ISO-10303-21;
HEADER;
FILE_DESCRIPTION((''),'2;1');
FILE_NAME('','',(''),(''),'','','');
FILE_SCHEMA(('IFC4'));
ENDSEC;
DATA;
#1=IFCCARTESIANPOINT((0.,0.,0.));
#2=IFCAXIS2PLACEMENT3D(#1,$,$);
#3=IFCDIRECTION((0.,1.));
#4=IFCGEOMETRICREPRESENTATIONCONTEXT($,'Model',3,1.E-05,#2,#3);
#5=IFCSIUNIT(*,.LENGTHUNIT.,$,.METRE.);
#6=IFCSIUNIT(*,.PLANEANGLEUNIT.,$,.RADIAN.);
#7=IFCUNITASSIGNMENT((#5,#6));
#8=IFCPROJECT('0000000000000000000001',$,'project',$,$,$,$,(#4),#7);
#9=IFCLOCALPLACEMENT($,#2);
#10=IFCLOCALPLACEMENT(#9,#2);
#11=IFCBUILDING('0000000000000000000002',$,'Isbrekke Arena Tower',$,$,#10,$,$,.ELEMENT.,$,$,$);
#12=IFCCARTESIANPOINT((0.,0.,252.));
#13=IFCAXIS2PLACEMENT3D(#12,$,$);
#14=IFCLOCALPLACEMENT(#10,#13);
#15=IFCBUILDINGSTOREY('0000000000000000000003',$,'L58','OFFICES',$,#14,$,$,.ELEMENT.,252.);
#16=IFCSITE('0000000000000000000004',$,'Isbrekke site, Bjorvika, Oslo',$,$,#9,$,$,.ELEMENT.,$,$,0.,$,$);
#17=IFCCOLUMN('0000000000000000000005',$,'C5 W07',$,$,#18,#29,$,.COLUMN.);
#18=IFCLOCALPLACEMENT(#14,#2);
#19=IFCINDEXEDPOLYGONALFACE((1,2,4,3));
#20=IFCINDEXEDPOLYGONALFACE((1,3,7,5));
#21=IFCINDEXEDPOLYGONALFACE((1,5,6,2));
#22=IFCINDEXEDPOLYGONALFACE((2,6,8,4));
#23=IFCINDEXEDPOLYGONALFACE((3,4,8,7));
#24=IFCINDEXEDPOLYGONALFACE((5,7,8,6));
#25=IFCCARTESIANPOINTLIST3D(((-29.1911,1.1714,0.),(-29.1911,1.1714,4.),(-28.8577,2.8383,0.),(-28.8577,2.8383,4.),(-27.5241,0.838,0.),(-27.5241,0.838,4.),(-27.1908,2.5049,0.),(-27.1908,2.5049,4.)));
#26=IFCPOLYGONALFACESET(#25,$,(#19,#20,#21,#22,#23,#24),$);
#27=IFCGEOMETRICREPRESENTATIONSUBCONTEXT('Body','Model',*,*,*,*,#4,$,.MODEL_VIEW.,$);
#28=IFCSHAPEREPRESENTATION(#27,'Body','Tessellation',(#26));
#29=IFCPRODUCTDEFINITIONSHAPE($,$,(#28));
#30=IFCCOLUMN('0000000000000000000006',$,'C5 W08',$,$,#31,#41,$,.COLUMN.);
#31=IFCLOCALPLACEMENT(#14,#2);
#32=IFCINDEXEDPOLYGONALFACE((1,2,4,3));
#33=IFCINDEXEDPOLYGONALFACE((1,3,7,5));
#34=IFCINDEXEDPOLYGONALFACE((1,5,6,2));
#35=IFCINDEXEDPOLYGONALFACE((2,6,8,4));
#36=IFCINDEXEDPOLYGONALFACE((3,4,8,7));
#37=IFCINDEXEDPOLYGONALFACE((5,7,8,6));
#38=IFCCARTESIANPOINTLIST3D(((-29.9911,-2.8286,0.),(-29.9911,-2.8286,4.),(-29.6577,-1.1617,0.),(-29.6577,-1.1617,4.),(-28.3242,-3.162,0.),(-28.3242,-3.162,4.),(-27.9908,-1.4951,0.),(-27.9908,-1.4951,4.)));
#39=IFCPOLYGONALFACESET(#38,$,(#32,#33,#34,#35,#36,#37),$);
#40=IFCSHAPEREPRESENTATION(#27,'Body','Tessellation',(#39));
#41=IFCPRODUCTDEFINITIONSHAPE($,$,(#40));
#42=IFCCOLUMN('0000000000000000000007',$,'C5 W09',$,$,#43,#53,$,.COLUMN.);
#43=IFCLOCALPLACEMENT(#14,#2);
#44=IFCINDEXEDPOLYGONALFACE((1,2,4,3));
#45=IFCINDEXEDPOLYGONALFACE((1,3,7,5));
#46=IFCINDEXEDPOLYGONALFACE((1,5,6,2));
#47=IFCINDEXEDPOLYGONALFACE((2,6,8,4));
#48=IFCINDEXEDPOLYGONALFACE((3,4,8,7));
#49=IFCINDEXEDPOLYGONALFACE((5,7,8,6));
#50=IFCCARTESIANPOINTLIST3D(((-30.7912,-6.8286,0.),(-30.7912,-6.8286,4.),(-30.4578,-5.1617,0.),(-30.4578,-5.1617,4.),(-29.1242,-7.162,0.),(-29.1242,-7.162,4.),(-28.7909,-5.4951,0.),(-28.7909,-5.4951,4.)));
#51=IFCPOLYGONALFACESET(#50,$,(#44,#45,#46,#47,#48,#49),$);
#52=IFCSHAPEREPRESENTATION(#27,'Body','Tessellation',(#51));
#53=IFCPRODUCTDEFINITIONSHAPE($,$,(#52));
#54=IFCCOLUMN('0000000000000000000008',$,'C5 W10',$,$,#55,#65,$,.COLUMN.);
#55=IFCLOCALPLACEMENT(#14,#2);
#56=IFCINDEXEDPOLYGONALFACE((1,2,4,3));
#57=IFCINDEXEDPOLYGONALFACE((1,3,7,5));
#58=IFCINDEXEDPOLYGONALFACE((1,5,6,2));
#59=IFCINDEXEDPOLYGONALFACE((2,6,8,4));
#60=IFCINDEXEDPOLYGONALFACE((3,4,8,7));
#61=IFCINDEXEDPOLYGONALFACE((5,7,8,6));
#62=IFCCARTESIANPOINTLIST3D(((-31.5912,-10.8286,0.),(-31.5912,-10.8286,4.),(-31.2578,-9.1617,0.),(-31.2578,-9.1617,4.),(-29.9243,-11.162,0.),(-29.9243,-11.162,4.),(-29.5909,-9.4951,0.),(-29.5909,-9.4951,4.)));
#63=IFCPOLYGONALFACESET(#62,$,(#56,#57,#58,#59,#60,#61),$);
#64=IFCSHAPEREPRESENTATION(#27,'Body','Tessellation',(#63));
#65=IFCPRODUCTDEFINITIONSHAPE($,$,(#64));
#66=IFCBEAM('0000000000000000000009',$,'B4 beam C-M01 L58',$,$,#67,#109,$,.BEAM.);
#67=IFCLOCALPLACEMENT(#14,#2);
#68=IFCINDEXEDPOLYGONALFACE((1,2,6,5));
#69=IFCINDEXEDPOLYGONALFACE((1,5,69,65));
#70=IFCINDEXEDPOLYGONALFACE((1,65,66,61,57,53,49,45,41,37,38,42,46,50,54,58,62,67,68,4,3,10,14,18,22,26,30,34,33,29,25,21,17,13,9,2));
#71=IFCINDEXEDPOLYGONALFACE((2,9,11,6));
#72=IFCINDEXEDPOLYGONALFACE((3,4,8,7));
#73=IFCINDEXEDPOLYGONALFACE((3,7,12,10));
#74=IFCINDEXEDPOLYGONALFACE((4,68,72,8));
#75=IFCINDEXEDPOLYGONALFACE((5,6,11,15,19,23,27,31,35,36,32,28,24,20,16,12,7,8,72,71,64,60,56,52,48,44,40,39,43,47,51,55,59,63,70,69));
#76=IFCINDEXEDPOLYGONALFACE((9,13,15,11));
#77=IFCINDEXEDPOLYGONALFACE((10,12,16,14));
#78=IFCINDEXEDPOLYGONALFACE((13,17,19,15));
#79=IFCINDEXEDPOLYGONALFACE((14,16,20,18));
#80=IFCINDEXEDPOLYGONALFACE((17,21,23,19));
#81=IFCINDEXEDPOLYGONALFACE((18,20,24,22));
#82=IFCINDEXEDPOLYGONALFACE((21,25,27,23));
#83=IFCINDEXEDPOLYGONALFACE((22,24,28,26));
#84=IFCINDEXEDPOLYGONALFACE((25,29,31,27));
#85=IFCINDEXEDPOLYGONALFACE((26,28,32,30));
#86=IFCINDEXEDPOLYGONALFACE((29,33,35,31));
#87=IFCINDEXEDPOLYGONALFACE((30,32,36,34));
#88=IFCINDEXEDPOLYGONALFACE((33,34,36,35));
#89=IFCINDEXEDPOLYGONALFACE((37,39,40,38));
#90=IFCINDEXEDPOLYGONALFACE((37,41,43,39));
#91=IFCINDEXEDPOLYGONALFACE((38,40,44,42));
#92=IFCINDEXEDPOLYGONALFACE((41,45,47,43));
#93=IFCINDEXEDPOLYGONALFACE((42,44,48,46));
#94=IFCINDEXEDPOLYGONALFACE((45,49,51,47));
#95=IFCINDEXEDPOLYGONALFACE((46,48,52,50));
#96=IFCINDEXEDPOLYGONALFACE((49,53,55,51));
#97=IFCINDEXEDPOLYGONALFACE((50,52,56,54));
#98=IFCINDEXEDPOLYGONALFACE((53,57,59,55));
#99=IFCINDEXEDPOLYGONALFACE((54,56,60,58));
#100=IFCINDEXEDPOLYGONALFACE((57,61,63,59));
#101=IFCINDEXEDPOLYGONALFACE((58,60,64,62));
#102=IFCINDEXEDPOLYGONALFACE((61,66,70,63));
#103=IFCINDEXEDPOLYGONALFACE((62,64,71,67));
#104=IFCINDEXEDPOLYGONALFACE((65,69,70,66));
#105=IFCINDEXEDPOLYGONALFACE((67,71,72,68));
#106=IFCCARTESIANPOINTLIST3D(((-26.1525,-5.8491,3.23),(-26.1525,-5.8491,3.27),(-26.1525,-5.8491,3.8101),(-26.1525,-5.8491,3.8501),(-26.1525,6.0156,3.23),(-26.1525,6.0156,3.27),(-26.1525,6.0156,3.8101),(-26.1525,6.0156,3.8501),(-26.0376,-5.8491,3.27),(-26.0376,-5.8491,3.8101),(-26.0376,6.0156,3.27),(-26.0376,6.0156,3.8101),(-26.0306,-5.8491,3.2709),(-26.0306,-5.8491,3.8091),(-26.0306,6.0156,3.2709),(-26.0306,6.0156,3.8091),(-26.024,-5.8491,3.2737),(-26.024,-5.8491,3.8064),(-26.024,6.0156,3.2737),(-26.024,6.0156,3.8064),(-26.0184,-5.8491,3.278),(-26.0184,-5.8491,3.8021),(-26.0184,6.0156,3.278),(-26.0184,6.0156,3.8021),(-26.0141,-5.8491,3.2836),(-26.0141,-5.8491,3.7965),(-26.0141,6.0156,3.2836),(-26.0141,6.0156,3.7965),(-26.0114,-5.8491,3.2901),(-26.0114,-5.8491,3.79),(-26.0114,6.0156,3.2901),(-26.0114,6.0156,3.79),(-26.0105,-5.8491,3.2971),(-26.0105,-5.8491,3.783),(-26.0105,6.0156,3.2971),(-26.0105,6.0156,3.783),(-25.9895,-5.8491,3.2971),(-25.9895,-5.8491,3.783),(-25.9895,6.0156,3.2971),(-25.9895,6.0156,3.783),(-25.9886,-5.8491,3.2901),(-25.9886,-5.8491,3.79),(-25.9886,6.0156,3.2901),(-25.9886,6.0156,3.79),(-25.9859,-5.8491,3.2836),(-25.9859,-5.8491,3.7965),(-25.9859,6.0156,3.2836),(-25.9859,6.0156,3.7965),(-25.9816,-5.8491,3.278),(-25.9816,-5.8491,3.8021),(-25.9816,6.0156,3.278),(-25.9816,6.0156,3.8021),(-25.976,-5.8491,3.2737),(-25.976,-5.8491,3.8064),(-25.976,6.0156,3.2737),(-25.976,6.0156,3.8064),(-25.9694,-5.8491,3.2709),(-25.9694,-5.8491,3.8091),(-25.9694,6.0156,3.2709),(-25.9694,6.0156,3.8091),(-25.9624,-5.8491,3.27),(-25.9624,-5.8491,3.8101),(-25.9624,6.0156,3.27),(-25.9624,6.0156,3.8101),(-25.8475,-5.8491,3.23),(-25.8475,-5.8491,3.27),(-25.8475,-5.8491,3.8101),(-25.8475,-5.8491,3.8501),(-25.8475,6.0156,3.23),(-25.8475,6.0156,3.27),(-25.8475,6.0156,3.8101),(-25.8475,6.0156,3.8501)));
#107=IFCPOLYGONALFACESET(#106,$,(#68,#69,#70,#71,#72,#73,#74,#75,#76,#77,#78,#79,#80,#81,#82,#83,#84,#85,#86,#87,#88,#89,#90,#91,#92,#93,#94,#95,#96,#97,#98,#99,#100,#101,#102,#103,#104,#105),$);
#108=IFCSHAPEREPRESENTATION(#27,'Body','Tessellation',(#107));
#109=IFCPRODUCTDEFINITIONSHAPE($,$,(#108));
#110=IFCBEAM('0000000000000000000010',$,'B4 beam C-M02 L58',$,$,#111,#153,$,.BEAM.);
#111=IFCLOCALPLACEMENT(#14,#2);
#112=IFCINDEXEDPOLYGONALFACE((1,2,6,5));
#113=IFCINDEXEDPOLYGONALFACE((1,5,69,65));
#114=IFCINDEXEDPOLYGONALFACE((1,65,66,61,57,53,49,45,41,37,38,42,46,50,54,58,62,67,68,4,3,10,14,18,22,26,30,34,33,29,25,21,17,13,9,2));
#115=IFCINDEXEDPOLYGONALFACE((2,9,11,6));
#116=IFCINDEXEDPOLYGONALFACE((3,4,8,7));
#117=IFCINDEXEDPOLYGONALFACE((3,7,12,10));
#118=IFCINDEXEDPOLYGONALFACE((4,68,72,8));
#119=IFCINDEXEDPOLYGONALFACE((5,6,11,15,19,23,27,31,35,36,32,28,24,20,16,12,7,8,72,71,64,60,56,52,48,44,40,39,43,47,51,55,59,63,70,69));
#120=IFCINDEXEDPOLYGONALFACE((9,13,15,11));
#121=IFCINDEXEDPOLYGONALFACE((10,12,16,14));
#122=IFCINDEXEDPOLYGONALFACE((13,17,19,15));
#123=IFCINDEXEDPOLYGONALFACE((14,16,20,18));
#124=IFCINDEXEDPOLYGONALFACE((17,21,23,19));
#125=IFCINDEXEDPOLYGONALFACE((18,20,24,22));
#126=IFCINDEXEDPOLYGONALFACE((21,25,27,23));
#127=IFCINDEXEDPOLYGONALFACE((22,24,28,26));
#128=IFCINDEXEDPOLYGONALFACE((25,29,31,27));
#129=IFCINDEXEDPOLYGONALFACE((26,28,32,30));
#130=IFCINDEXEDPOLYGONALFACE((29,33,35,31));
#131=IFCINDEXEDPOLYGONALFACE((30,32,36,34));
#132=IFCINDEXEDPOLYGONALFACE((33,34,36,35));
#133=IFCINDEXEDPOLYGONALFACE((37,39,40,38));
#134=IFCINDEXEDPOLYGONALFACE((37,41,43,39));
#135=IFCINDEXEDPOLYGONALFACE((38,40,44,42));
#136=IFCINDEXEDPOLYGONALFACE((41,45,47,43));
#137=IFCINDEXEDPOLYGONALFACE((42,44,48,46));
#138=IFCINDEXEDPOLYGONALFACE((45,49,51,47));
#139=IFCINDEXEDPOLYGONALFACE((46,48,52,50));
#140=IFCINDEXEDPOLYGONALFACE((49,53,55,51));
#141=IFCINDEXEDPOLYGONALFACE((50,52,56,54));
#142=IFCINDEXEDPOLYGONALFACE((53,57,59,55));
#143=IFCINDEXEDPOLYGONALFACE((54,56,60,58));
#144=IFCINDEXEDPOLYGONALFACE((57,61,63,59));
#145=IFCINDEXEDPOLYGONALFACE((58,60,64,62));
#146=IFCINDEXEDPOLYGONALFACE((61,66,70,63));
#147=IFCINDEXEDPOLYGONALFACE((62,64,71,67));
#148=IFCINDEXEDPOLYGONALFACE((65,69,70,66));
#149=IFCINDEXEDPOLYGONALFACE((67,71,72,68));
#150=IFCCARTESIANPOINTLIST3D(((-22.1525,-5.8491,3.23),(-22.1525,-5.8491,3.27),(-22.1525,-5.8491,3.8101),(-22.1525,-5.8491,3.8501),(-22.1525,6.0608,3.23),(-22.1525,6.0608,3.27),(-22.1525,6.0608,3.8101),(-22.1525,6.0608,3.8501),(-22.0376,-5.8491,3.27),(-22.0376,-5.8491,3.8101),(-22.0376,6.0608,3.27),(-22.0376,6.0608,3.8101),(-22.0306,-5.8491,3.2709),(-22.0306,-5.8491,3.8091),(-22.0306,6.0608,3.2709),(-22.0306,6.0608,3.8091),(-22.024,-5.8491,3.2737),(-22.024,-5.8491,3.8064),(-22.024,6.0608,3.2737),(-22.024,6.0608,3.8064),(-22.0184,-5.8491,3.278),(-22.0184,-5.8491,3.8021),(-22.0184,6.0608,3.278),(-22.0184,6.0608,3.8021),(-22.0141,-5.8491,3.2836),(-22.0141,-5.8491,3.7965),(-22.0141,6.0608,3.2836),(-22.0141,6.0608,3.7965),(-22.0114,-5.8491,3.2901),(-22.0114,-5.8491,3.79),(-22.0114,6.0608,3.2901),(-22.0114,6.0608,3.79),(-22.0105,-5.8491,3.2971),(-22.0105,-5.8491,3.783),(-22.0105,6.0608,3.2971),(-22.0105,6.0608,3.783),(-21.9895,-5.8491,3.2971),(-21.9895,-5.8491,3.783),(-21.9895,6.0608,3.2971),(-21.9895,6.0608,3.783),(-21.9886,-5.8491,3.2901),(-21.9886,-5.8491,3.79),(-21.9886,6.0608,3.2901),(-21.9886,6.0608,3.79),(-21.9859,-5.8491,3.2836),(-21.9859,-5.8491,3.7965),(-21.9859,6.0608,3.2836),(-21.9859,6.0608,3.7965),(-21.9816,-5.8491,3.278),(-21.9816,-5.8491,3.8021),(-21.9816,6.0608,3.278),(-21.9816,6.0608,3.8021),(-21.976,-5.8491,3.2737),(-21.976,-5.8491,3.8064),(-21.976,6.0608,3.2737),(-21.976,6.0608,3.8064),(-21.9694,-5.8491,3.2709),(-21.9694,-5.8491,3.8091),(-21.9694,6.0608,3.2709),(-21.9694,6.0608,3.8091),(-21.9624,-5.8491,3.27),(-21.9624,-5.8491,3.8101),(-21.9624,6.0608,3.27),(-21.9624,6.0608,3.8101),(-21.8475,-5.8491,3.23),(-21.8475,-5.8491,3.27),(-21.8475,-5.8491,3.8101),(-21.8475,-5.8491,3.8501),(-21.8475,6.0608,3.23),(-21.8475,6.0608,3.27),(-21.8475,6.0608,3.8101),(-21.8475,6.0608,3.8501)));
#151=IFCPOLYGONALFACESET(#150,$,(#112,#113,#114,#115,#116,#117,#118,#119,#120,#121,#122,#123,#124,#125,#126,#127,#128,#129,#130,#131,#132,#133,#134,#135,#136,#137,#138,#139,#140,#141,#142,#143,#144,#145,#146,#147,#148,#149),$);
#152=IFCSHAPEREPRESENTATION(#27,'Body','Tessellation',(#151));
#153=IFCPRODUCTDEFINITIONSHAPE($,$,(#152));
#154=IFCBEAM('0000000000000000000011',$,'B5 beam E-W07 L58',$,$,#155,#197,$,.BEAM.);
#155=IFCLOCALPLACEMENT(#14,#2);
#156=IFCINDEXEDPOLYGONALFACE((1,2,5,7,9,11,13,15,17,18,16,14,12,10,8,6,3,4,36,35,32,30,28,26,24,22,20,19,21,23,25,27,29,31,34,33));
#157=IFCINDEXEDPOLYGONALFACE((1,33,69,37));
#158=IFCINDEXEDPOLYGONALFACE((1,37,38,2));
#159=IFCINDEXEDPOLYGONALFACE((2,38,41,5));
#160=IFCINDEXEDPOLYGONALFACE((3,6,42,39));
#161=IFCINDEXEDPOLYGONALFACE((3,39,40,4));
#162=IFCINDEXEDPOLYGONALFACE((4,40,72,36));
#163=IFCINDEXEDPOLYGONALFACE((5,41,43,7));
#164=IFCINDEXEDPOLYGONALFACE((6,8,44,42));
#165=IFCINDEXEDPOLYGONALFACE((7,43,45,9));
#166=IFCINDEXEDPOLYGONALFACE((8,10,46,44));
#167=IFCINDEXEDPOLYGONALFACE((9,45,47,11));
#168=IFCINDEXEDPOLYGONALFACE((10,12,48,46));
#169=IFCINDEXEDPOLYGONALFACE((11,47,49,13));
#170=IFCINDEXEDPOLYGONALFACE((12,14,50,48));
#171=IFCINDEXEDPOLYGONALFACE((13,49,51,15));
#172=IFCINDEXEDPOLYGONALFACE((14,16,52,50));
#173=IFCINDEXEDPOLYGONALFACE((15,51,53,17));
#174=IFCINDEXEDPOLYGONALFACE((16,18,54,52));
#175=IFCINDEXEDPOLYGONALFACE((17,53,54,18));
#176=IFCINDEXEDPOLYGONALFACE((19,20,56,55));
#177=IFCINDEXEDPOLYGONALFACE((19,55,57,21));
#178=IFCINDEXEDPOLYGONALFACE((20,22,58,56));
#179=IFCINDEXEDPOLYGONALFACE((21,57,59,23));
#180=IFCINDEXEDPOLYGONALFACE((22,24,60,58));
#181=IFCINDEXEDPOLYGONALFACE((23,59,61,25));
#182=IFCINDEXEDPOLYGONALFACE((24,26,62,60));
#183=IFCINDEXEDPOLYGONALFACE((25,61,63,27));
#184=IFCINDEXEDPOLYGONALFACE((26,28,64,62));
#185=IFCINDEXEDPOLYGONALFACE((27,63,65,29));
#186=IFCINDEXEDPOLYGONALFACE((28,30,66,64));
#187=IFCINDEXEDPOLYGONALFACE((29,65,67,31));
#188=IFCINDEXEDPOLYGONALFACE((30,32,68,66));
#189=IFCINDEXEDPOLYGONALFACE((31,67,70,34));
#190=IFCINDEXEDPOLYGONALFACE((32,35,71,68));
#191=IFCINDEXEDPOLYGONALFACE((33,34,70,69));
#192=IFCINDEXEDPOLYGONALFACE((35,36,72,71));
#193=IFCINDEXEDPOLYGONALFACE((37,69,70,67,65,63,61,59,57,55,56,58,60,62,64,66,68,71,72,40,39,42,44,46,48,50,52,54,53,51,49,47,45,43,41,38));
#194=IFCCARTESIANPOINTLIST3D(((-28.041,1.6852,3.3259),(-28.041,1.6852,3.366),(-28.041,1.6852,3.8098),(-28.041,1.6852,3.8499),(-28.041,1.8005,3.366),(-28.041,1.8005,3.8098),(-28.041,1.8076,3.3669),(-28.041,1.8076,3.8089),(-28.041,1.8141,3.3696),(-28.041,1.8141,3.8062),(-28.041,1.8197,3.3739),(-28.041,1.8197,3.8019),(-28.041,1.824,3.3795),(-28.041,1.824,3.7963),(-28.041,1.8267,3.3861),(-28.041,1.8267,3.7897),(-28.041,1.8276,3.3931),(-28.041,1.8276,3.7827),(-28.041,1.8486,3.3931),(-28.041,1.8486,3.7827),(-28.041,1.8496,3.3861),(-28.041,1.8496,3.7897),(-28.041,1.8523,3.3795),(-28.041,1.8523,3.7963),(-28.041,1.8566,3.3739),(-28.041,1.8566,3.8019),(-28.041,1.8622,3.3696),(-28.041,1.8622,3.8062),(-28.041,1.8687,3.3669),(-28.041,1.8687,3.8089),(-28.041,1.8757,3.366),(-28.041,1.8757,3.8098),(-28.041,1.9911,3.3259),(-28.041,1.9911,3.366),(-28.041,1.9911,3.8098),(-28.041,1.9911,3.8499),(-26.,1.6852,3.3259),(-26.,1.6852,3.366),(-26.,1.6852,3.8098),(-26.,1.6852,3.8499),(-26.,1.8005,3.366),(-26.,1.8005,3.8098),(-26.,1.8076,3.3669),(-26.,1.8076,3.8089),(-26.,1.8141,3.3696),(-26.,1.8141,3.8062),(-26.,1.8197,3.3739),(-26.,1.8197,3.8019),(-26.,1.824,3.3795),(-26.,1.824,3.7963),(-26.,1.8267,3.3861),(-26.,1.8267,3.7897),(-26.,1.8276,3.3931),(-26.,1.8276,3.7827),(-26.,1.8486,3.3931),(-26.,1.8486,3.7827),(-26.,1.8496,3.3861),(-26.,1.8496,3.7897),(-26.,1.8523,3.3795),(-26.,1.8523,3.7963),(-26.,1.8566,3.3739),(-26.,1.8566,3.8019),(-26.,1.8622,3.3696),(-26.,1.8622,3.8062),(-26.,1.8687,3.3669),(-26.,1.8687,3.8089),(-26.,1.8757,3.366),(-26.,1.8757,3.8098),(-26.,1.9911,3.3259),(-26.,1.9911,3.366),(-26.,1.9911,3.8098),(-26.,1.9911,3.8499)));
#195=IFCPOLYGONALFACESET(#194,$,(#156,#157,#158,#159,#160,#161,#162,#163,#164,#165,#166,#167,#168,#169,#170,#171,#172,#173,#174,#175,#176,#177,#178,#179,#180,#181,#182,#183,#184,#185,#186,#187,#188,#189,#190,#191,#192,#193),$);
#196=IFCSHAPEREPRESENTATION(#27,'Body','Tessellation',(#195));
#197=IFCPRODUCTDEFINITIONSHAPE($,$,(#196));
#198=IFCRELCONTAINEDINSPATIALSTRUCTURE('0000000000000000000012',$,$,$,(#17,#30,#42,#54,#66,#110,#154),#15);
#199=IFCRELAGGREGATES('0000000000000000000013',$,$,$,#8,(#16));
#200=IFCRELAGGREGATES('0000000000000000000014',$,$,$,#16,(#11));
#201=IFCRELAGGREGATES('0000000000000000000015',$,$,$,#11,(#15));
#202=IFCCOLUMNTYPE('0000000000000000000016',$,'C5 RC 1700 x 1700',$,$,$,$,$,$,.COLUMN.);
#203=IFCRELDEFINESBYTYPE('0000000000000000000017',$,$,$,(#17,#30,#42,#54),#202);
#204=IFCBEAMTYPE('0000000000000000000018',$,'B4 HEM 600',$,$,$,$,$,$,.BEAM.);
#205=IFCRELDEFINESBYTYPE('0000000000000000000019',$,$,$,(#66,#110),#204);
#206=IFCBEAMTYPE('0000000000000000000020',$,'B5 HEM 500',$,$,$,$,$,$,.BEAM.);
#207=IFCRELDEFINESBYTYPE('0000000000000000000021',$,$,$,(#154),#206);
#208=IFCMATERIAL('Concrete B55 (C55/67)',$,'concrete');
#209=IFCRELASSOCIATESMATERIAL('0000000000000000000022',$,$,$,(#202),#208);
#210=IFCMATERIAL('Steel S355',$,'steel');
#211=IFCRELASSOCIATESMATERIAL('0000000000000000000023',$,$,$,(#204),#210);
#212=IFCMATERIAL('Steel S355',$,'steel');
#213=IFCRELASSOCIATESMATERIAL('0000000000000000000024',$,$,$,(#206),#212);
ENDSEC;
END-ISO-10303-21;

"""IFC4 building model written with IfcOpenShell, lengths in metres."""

from ifc_helpers import new_model, si_unit, direction, frame, origin, origin_2d, place, context, subcontext, project, spatial, rectangle, i_section, extrude, material, material_profile, profile_set, type_object, element, save


model = new_model("IFC4")

# Units and contexts
model_context = context("Model", 3, precision=1e-05, world=origin(), true_north=direction((0.0, 1.0)))
body_context = subcontext(model_context, "Body", "Model", "MODEL_VIEW")
ifc_project = project(units=[si_unit("LENGTHUNIT", "METRE"), si_unit("PLANEANGLEUNIT", "RADIAN")], contexts=[model_context])

# Site, building, storey
site_placement = place(None, origin())
site = spatial("IfcSite", under=ifc_project, at=site_placement, Name="Isbrekke site, Bjorvika, Oslo", CompositionType="ELEMENT", RefElevation=0.0)
building_placement = place(site_placement, origin())
building = spatial("IfcBuilding", under=site, at=building_placement, Name="Isbrekke Arena Tower", CompositionType="ELEMENT")
storey_placement = place(building_placement, frame((0.0, 0.0, 252.0)))
storey = spatial("IfcBuildingStorey", under=building, at=storey_placement, Name="L58", Description="OFFICES", CompositionType="ELEMENT", Elevation=252.0)

# Columns
ifc_material_1 = material(Name="Concrete B55 (C55/67)", Category="concrete")
ifc_material_profile_1 = material_profile(ifc_material_1, rectangle(XDim=1.7, YDim=1.7, at=origin_2d()), Name="RC 1700x1700")
ifc_profile_set_1 = profile_set([ifc_material_profile_1], Name="Concrete B55 (C55/67)")
column_type = type_object("IfcColumnType", Name="C5 RC 1700 x 1700", PredefinedType="COLUMN", material=ifc_profile_set_1)
for number, where, z_axis, x_axis, name in (
    (1, (-28.1909, 1.8381, 0.0), (0.0, 0.0, 1.0), (-0.196116, -0.980581, 0.0), "C5 W07"),
    (2, (-28.991, -2.1619, 0.0), (0.0, 0.0, 1.0), (-0.196116, -0.980581, 0.0), "C5 W08"),
    (3, (-29.791, -6.1619, 0.0), (0.0, 0.0, 1.0), (-0.196116, -0.980581, 0.0), "C5 W09"),
    (4, (-30.5911, -10.1619, 0.0), (0.0, 0.0, 1.0), (-0.196116, -0.980581, 0.0), "C5 W10"),
):
    element("IfcColumn", number, at=place(storey_placement, frame(where, z_axis=z_axis, x_axis=x_axis)), inside=storey, type_object=column_type, Name=name, PredefinedType="COLUMN", context=body_context, shape_type="SweptSolid", body=[
        extrude(rectangle(XDim=1.7, YDim=1.7, at=origin_2d()), origin(), (0.0, 0.0, 1.0), 4.0),
    ])

# Beams
ifc_material_2 = material(Name="Steel S355", Category="steel")
ifc_material_profile_2 = material_profile(ifc_material_2, i_section(OverallWidth=0.3049, OverallDepth=0.6201, WebThickness=0.021, FlangeThickness=0.04, FilletRadius=0.0271, at=origin_2d()), Name="HEM 600")
ifc_profile_set_2 = profile_set([ifc_material_profile_2], Name="Steel S355")
beam_type_1 = type_object("IfcBeamType", Name="B4 HEM 600", PredefinedType="BEAM", material=ifc_profile_set_2)
beam_1_placement = place(storey_placement, frame((-26.0, -5.8491, 3.54), z_axis=(0.0, 1.0, 0.0), x_axis=(-1.0, 0.0, 0.0)))
element("IfcBeam", 5, at=beam_1_placement, inside=storey, type_object=beam_type_1, Name="B4 beam C-M01 L58", PredefinedType="BEAM", context=body_context, shape_type="SweptSolid", body=[
    extrude(i_section(OverallWidth=0.3049, OverallDepth=0.6201, WebThickness=0.021, FlangeThickness=0.04, FilletRadius=0.0271, at=origin_2d()), origin(), (0.0, 0.0, 1.0), 11.8647),
])
beam_2_placement = place(storey_placement, frame((-22.0, -5.8491, 3.54), z_axis=(0.0, 1.0, 0.0), x_axis=(-1.0, 0.0, 0.0)))
element("IfcBeam", 6, at=beam_2_placement, inside=storey, type_object=beam_type_1, Name="B4 beam C-M02 L58", PredefinedType="BEAM", context=body_context, shape_type="SweptSolid", body=[
    extrude(i_section(OverallWidth=0.3049, OverallDepth=0.6201, WebThickness=0.021, FlangeThickness=0.04, FilletRadius=0.0271, at=origin_2d()), origin(), (0.0, 0.0, 1.0), 11.9099),
])
ifc_material_3 = material(Name="Steel S355", Category="steel")
ifc_material_profile_3 = material_profile(ifc_material_3, i_section(OverallWidth=0.3059, OverallDepth=0.5239, WebThickness=0.021, FlangeThickness=0.04, FilletRadius=0.0271, at=origin_2d()), Name="HEM 500")
ifc_profile_set_3 = profile_set([ifc_material_profile_3], Name="Steel S355")
beam_type_2 = type_object("IfcBeamType", Name="B5 HEM 500", PredefinedType="BEAM", material=ifc_profile_set_3)
beam_3_placement = place(storey_placement, frame((-28.041, 1.8381, 3.5879), z_axis=(1.0, 0.0, 0.0), x_axis=(0.0, 1.0, 0.0)))
element("IfcBeam", 7, at=beam_3_placement, inside=storey, type_object=beam_type_2, Name="B5 beam E-W07 L58", PredefinedType="BEAM", context=body_context, shape_type="SweptSolid", body=[
    extrude(i_section(OverallWidth=0.3059, OverallDepth=0.5239, WebThickness=0.021, FlangeThickness=0.04, FilletRadius=0.0271, at=origin_2d()), origin(), (0.0, 0.0, 1.0), 2.041),
])

save(model, "model.ifc")
